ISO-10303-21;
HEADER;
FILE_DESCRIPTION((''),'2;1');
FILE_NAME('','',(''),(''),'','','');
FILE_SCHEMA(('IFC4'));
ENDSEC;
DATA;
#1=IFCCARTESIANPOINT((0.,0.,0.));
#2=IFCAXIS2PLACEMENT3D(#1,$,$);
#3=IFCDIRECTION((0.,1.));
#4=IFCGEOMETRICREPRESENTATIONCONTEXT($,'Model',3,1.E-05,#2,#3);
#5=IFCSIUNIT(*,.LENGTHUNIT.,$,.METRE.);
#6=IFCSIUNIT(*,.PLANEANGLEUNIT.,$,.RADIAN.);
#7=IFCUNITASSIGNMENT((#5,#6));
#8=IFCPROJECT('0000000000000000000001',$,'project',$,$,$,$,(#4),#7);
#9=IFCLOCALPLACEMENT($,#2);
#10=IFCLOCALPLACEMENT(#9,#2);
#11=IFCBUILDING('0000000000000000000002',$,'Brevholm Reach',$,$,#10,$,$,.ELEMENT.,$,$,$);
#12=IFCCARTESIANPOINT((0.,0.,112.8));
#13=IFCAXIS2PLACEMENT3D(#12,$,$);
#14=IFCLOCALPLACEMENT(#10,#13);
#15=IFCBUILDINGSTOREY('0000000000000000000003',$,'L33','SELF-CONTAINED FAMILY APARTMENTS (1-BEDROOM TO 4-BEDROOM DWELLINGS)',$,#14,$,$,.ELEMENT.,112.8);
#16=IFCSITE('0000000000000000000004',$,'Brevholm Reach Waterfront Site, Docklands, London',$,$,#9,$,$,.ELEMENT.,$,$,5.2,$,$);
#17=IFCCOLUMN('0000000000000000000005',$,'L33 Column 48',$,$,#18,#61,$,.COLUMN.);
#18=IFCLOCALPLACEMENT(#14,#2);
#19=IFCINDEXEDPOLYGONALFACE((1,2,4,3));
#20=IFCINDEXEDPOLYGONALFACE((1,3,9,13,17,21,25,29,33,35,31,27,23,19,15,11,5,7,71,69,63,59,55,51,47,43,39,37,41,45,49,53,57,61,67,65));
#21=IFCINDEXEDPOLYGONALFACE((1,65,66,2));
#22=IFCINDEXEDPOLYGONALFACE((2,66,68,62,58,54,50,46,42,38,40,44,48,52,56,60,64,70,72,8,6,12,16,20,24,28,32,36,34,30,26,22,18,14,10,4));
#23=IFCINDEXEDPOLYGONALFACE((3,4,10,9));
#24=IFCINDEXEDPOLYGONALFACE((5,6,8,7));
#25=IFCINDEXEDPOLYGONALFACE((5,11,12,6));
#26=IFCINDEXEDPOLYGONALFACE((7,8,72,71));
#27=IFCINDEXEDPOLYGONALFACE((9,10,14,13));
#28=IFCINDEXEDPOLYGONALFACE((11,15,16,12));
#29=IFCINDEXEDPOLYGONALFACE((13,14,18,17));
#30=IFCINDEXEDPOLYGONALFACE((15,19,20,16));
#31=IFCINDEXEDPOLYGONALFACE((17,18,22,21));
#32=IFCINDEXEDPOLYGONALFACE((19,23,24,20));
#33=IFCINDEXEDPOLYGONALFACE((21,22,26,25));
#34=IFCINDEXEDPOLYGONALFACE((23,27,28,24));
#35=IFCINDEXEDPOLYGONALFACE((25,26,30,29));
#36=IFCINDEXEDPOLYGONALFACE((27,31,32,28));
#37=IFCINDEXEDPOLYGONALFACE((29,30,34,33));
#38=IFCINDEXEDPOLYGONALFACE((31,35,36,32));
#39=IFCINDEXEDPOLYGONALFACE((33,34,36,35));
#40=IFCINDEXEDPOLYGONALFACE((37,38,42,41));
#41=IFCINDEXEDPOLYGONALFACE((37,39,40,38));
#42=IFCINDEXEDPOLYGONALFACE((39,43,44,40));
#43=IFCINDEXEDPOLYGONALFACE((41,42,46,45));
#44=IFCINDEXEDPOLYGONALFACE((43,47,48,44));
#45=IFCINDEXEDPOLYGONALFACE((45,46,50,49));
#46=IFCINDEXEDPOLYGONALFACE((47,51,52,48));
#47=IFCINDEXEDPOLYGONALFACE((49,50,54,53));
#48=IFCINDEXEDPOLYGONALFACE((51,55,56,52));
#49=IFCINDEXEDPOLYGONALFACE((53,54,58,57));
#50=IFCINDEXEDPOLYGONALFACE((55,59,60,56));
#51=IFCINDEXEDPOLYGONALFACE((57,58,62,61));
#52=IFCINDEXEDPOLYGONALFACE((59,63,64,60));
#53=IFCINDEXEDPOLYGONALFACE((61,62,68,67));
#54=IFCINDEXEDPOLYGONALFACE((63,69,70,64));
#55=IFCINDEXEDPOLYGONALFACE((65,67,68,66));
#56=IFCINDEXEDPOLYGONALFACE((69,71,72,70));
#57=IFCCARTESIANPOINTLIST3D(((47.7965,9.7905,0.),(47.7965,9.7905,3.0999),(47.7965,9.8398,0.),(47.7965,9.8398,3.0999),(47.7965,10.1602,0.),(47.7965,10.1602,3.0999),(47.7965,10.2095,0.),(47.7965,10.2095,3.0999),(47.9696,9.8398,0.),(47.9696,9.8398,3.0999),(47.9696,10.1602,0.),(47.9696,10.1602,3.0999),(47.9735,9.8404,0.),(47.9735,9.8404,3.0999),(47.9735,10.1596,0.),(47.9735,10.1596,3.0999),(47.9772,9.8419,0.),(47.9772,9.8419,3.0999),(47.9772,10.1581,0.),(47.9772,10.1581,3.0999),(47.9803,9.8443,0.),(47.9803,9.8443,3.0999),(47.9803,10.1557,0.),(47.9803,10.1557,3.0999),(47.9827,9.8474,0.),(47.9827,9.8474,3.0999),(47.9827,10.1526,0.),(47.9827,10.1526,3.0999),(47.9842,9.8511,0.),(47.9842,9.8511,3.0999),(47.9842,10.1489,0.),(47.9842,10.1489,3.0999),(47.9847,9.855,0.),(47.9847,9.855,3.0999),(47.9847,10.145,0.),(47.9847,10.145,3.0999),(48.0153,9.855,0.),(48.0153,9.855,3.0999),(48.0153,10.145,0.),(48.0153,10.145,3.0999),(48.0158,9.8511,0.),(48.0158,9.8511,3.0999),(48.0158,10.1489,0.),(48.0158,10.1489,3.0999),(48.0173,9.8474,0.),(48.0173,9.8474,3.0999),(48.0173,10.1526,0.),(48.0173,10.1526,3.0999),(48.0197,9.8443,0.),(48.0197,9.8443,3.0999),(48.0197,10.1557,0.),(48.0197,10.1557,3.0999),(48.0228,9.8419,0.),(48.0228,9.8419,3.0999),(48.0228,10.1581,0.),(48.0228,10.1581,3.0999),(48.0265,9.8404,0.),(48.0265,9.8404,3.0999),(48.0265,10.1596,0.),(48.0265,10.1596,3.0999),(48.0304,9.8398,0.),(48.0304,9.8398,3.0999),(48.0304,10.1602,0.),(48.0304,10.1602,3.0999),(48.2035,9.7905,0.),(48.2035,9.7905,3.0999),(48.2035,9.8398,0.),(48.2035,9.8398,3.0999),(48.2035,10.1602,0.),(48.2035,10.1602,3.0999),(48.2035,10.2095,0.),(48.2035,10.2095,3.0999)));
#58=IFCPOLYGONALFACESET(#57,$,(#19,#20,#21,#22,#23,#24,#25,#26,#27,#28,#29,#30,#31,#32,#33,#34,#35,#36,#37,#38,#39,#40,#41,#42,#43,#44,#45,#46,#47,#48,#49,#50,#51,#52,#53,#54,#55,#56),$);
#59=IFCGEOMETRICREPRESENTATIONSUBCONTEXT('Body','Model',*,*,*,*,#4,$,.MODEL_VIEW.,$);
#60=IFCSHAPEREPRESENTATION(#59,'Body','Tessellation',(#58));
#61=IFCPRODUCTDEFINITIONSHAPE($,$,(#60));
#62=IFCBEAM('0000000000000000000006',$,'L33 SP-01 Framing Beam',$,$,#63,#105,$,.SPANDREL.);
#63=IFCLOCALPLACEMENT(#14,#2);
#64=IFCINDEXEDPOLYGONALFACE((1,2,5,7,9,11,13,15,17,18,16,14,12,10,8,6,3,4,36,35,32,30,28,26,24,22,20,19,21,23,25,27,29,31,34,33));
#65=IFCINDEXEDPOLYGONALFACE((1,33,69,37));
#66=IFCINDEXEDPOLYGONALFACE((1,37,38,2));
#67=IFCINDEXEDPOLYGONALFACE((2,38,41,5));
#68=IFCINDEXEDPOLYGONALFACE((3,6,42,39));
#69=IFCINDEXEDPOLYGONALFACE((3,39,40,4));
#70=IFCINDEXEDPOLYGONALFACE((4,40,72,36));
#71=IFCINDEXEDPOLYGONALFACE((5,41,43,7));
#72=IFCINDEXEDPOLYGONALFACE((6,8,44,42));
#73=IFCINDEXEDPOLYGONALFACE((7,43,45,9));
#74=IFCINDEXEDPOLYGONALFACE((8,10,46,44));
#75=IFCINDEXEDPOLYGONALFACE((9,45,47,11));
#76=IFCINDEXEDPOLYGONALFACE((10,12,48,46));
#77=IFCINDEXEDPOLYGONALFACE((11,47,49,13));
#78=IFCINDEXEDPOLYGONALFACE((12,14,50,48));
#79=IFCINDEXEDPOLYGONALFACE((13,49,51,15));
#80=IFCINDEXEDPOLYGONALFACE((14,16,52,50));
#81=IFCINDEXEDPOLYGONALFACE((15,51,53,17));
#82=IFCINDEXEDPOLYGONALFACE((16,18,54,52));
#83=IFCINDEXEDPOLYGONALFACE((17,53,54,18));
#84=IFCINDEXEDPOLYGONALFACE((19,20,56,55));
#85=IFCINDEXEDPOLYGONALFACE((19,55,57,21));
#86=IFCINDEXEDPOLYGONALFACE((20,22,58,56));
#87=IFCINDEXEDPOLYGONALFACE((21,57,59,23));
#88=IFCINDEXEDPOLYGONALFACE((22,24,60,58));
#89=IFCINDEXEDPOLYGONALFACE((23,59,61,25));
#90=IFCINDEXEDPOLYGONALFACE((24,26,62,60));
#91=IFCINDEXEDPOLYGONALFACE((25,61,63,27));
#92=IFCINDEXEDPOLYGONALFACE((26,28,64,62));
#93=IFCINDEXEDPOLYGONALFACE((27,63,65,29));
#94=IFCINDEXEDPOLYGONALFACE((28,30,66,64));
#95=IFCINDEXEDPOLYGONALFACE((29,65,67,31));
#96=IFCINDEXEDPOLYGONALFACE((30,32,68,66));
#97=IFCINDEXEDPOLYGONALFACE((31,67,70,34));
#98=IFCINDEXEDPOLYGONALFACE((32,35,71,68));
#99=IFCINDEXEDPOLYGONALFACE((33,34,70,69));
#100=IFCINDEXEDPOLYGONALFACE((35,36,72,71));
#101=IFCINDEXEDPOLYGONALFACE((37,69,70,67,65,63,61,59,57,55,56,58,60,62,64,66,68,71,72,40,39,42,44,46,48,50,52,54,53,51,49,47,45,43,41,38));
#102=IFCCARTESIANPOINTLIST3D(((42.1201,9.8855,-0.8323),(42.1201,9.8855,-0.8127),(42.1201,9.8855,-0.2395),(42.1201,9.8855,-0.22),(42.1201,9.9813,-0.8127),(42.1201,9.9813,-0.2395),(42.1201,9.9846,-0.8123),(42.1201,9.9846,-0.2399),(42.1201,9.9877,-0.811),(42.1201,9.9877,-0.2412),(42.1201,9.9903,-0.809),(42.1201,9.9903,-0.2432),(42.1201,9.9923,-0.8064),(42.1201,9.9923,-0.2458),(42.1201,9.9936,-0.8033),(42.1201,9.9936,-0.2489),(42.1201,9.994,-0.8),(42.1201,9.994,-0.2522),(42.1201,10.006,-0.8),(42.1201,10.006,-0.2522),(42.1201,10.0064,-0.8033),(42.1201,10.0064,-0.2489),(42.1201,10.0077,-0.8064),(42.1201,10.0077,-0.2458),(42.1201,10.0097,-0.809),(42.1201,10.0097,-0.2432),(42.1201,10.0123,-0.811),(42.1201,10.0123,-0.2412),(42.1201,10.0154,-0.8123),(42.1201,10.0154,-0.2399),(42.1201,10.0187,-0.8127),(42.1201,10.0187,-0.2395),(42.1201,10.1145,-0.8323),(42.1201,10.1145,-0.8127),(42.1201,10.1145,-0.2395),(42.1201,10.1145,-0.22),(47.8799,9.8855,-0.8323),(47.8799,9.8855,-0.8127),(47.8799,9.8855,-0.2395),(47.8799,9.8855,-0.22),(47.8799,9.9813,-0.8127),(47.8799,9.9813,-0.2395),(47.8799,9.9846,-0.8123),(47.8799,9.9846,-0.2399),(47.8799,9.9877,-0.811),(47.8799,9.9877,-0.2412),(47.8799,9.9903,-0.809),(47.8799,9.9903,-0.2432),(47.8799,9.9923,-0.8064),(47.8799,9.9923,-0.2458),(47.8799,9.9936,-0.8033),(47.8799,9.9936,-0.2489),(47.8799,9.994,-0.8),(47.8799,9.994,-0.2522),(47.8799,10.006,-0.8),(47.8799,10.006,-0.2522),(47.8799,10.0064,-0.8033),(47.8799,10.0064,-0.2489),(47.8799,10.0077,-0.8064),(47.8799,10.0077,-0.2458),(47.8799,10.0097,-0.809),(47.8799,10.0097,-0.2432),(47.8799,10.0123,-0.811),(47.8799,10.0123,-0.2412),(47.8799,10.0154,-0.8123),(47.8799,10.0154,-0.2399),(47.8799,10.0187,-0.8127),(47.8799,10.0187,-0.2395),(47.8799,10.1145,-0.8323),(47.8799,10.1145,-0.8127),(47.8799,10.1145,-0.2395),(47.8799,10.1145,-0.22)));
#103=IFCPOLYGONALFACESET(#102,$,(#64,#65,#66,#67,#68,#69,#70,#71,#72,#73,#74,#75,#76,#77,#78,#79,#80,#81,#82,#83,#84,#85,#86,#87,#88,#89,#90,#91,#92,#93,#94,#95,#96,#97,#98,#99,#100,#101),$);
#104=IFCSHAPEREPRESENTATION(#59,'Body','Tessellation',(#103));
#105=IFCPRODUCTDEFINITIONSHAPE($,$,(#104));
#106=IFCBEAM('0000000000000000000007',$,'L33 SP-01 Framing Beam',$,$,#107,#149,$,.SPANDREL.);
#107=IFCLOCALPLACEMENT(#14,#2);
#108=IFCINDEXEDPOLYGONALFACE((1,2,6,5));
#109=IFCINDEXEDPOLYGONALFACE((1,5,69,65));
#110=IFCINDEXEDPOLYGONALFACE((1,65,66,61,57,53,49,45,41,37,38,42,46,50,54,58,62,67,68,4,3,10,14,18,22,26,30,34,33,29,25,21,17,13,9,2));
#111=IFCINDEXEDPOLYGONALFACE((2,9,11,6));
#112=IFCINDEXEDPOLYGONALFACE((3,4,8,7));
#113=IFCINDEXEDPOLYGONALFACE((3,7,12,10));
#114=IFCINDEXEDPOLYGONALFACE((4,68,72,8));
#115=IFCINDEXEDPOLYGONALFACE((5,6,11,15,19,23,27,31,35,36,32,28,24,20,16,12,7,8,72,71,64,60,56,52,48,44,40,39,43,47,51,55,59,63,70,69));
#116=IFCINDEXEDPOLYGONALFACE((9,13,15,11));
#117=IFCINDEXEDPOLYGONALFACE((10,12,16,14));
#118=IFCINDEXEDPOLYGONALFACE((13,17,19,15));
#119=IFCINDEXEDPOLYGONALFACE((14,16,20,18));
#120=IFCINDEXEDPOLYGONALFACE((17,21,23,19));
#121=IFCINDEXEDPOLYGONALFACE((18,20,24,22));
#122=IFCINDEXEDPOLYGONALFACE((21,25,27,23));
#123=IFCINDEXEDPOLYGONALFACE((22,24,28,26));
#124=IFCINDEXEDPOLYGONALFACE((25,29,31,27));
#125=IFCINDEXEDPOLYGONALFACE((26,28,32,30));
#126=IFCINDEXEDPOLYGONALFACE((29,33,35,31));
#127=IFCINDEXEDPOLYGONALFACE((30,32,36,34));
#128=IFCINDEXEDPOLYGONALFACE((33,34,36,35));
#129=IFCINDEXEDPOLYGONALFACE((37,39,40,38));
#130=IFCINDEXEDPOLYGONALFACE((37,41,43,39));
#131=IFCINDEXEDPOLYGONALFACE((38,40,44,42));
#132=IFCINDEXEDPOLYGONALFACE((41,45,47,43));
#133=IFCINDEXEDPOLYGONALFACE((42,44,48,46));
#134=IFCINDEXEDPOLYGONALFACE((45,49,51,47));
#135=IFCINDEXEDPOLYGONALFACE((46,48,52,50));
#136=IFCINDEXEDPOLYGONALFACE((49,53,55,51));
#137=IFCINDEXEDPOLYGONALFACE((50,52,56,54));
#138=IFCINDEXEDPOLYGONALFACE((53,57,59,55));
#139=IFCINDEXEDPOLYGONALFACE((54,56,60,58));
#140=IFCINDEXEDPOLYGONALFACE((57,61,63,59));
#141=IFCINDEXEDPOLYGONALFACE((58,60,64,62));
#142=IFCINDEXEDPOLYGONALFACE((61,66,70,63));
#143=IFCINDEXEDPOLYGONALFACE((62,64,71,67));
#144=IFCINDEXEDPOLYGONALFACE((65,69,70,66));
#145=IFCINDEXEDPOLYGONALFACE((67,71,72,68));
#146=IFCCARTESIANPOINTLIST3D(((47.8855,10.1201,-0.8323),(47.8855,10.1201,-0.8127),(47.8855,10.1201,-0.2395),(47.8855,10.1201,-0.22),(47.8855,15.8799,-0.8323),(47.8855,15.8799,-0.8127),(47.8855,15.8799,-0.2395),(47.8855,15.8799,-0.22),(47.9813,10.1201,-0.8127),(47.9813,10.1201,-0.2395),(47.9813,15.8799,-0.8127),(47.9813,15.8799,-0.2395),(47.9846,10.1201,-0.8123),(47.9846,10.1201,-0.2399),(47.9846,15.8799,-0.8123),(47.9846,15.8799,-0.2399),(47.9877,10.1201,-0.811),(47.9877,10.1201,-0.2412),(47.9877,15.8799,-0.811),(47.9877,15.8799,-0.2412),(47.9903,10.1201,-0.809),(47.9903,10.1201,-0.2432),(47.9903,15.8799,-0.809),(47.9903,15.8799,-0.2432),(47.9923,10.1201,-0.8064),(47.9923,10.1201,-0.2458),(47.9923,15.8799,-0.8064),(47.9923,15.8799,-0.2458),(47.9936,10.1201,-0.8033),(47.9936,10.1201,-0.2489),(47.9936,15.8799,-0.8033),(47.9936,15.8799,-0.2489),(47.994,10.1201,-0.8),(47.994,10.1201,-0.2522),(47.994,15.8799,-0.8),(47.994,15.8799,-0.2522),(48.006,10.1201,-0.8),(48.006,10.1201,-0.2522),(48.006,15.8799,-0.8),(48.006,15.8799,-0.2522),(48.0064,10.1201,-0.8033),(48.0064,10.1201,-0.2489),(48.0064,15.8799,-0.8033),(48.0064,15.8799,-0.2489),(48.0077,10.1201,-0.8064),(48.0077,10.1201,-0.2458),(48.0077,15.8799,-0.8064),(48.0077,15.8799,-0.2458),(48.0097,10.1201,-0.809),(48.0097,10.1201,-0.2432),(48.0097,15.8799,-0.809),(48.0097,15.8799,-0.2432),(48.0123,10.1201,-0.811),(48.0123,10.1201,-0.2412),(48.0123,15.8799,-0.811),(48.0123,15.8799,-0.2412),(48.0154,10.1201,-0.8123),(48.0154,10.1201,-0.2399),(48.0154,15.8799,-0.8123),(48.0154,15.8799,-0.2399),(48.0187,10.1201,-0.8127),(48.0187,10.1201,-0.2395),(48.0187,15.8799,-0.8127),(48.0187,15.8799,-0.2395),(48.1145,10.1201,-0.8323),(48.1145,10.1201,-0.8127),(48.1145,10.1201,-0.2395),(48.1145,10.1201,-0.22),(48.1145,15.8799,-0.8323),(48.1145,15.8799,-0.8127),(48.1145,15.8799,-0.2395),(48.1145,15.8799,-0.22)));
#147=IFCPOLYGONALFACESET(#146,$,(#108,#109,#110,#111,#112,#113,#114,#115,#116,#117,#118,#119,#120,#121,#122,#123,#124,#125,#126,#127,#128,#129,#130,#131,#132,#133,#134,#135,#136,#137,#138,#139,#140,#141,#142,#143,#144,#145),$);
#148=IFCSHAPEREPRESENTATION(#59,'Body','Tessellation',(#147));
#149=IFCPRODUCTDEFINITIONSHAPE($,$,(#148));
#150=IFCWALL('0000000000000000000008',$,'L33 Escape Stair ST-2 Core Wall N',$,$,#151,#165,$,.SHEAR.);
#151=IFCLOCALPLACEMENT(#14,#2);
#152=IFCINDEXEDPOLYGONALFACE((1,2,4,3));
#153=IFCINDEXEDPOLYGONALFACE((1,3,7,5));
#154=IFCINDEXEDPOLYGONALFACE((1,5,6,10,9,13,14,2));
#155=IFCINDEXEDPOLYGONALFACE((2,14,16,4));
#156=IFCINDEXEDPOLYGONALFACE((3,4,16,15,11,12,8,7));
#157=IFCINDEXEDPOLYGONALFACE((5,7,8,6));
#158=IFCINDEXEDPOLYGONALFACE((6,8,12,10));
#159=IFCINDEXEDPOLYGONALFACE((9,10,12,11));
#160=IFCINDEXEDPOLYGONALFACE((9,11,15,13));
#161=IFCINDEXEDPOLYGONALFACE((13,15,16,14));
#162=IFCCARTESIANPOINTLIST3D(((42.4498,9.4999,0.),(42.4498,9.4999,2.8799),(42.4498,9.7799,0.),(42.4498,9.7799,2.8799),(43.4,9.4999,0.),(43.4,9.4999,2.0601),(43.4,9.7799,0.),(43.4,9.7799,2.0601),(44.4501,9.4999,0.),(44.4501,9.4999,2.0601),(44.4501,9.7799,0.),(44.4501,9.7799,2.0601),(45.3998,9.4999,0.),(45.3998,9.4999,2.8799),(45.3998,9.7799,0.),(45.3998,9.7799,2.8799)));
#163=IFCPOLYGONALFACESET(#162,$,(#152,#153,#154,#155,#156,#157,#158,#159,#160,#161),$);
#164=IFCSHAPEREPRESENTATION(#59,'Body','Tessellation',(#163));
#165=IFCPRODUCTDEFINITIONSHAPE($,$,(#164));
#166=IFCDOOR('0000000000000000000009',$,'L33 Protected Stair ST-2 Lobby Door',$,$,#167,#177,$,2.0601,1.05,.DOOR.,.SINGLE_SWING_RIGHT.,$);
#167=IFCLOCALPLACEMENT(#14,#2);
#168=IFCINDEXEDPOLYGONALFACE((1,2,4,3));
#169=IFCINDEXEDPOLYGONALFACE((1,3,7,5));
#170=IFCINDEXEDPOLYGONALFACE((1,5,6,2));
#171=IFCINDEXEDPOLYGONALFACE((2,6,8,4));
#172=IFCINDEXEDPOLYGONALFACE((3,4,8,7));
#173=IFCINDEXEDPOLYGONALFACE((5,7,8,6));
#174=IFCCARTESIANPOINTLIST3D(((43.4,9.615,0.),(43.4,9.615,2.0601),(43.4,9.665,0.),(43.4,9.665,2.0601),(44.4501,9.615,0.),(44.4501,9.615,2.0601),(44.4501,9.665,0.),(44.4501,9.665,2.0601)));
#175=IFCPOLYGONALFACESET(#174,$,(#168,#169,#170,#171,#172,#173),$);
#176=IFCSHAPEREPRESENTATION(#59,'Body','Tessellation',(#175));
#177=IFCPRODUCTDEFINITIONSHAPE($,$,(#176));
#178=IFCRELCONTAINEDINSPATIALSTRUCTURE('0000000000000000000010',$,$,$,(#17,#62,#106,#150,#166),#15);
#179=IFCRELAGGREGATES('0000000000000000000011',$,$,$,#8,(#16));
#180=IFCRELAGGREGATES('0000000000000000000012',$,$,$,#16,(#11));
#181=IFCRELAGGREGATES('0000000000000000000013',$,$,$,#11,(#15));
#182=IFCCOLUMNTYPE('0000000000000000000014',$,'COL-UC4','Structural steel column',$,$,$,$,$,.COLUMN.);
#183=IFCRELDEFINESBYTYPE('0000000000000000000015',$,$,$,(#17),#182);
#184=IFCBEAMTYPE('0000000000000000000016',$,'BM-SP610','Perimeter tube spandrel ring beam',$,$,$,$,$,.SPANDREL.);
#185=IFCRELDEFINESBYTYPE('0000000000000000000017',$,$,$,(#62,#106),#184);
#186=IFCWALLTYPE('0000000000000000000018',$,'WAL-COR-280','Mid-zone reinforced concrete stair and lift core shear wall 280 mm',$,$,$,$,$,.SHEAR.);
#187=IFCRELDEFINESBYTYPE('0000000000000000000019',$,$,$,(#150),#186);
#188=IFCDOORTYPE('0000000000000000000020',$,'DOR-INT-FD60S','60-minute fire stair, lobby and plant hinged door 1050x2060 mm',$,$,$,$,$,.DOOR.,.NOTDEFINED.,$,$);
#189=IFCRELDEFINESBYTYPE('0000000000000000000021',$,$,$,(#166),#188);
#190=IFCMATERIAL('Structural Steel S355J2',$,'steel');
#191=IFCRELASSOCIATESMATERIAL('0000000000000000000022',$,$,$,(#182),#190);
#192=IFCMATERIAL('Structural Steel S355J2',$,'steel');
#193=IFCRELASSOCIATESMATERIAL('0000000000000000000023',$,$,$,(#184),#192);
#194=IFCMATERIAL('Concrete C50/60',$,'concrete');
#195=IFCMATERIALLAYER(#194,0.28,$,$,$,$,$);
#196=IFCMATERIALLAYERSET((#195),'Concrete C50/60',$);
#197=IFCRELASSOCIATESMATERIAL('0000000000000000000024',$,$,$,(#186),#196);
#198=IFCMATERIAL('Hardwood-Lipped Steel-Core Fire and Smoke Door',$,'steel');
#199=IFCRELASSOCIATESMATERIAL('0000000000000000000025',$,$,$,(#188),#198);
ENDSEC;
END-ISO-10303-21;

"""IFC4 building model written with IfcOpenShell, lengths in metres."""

from ifc_helpers import new_model, si_unit, direction, frame, frame_2d, origin, origin_2d, place, context, subcontext, project, spatial, rectangle, i_section, extrude, material, layer, layer_set, material_profile, profile_set, type_object, element, fill, save


model = new_model("IFC4")

# Units and contexts
model_context = context("Model", 3, precision=1e-05, world=origin(), true_north=direction((0.0, 1.0)))
body_context = subcontext(model_context, "Body", "Model", "MODEL_VIEW")
ifc_project = project(units=[si_unit("LENGTHUNIT", "METRE"), si_unit("PLANEANGLEUNIT", "RADIAN")], contexts=[model_context])

# Site, building, storey
site_placement = place(None, origin())
site = spatial("IfcSite", under=ifc_project, at=site_placement, Name="Brevholm Reach Waterfront Site, Docklands, London", CompositionType="ELEMENT", RefElevation=5.2)
building_placement = place(site_placement, origin())
building = spatial("IfcBuilding", under=site, at=building_placement, Name="Brevholm Reach", CompositionType="ELEMENT")
storey_placement = place(building_placement, frame((0.0, 0.0, 112.8)))
storey = spatial("IfcBuildingStorey", under=building, at=storey_placement, Name="L33", Description="SELF-CONTAINED FAMILY APARTMENTS (1-BEDROOM TO 4-BEDROOM DWELLINGS)", CompositionType="ELEMENT", Elevation=112.8)

# Column
ifc_material_1 = material(Name="Structural Steel S355J2", Category="steel")
ifc_material_profile_1 = material_profile(ifc_material_1, i_section(OverallWidth=0.407, OverallDepth=0.4189, WebThickness=0.0305, FlangeThickness=0.0493, FilletRadius=0.0151, at=origin_2d()), Name="UKC 356x406x393")
ifc_profile_set_1 = profile_set([ifc_material_profile_1], Name="Structural Steel S355J2")
column_type = type_object("IfcColumnType", Name="COL-UC4", Description="Structural steel column", PredefinedType="COLUMN", material=ifc_profile_set_1)
column_placement = place(storey_placement, frame((48.0, 10.0, 0.0), z_axis=(0.0, 0.0, 1.0), x_axis=(1.0, 0.0, 0.0)))
element("IfcColumn", 1, at=column_placement, inside=storey, type_object=column_type, Name="L33 Column 48", PredefinedType="COLUMN", context=body_context, shape_type="SweptSolid", body=[
    extrude(i_section(OverallWidth=0.407, OverallDepth=0.4189, WebThickness=0.0305, FlangeThickness=0.0493, FilletRadius=0.0151, at=origin_2d()), origin(), (0.0, 0.0, 1.0), 3.0999),
])

# Beams
ifc_material_2 = material(Name="Structural Steel S355J2", Category="steel")
ifc_material_profile_2 = material_profile(ifc_material_2, i_section(OverallWidth=0.229, OverallDepth=0.6123, WebThickness=0.012, FlangeThickness=0.0195, FilletRadius=0.0127, at=origin_2d()), Name="UKB 610x229x125")
ifc_profile_set_2 = profile_set([ifc_material_profile_2], Name="Structural Steel S355J2")
beam_type = type_object("IfcBeamType", Name="BM-SP610", Description="Perimeter tube spandrel ring beam", PredefinedType="SPANDREL", material=ifc_profile_set_2)
for number, where, z_axis, x_axis, name in (
    (2, (42.1201, 10.0, -0.5261), (1.0, 0.0, 0.0), (0.0, 1.0, 0.0), "L33 SP-01 Framing Beam"),
    (3, (48.0, 10.1201, -0.5261), (0.0, 1.0, 0.0), (-1.0, 0.0, 0.0), "L33 SP-01 Framing Beam"),
):
    element("IfcBeam", number, at=place(storey_placement, frame(where, z_axis=z_axis, x_axis=x_axis)), inside=storey, type_object=beam_type, Name=name, PredefinedType="SPANDREL", context=body_context, shape_type="SweptSolid", body=[
        extrude(i_section(OverallWidth=0.229, OverallDepth=0.6123, WebThickness=0.012, FlangeThickness=0.0195, FilletRadius=0.0127, at=origin_2d()), origin(), (0.0, 0.0, 1.0), 5.7598),
    ])

# Wall, opening, door
ifc_material_3 = material(Name="Concrete C50/60", Category="concrete")
ifc_layer_1 = layer(ifc_material_3, 0.28)
ifc_layer_set_1 = layer_set([ifc_layer_1], Name="Concrete C50/60")
wall_type_1 = type_object("IfcWallType", Name="WAL-COR-280", Description="Mid-zone reinforced concrete stair and lift core shear wall 280 mm", PredefinedType="SHEAR", material=ifc_layer_set_1)
wall_1_placement = place(storey_placement, frame((45.3999, 9.6399, 0.0), z_axis=(0.0, 0.0, 1.0), x_axis=(-1.0, 0.0, 0.0)))
wall_1 = element("IfcWall", 4, at=wall_1_placement, inside=storey, type_object=wall_type_1, Name="L33 Escape Stair ST-2 Core Wall N", PredefinedType="SHEAR", context=body_context, shape_type="SweptSolid", body=[
    extrude(rectangle(XDim=2.95, YDim=0.28, at=frame_2d((1.4751, 0.0))), origin(), (0.0, 0.0, 1.0), 2.8799),
])
opening_1_placement = place(wall_1_placement, frame((0.95, 0.0, 0.0)))
opening_1 = element("IfcOpeningElement", 5, at=opening_1_placement, cuts=wall_1, PredefinedType="OPENING", context=body_context, shape_type="SweptSolid", body=[
    extrude(rectangle(XDim=1.05, YDim=2.0601, at=frame_2d((0.5249, 1.03))), frame((0.0, 0.1499, 0.0), z_axis=(0.0, -1.0, 0.0), x_axis=(1.0, 0.0, 0.0)), (0.0, 0.0, 1.0), 0.3),
])
ifc_material_4 = material(Name="Hardwood-Lipped Steel-Core Fire and Smoke Door", Category="steel")
door_type_1 = type_object("IfcDoorType", Name="DOR-INT-FD60S", Description="60-minute fire stair, lobby and plant hinged door 1050x2060 mm", OperationType="NOTDEFINED", PredefinedType="DOOR", material=ifc_material_4)
door_1_placement = place(opening_1_placement, origin())
door_1 = element("IfcDoor", 6, at=door_1_placement, inside=storey, type_object=door_type_1, Name="L33 Protected Stair ST-2 Lobby Door", OperationType="SINGLE_SWING_RIGHT", OverallHeight=2.0601, OverallWidth=1.05, PredefinedType="DOOR", context=body_context, shape_type="SweptSolid", body=[
    extrude(rectangle(XDim=1.05, YDim=2.0601, at=frame_2d((0.5249, 1.03))), frame((0.0, 0.0249, 0.0), z_axis=(0.0, -1.0, 0.0), x_axis=(1.0, 0.0, 0.0)), (0.0, 0.0, 1.0), 0.05),
])
fill(opening_1, door_1)

save(model, "model.ifc")
